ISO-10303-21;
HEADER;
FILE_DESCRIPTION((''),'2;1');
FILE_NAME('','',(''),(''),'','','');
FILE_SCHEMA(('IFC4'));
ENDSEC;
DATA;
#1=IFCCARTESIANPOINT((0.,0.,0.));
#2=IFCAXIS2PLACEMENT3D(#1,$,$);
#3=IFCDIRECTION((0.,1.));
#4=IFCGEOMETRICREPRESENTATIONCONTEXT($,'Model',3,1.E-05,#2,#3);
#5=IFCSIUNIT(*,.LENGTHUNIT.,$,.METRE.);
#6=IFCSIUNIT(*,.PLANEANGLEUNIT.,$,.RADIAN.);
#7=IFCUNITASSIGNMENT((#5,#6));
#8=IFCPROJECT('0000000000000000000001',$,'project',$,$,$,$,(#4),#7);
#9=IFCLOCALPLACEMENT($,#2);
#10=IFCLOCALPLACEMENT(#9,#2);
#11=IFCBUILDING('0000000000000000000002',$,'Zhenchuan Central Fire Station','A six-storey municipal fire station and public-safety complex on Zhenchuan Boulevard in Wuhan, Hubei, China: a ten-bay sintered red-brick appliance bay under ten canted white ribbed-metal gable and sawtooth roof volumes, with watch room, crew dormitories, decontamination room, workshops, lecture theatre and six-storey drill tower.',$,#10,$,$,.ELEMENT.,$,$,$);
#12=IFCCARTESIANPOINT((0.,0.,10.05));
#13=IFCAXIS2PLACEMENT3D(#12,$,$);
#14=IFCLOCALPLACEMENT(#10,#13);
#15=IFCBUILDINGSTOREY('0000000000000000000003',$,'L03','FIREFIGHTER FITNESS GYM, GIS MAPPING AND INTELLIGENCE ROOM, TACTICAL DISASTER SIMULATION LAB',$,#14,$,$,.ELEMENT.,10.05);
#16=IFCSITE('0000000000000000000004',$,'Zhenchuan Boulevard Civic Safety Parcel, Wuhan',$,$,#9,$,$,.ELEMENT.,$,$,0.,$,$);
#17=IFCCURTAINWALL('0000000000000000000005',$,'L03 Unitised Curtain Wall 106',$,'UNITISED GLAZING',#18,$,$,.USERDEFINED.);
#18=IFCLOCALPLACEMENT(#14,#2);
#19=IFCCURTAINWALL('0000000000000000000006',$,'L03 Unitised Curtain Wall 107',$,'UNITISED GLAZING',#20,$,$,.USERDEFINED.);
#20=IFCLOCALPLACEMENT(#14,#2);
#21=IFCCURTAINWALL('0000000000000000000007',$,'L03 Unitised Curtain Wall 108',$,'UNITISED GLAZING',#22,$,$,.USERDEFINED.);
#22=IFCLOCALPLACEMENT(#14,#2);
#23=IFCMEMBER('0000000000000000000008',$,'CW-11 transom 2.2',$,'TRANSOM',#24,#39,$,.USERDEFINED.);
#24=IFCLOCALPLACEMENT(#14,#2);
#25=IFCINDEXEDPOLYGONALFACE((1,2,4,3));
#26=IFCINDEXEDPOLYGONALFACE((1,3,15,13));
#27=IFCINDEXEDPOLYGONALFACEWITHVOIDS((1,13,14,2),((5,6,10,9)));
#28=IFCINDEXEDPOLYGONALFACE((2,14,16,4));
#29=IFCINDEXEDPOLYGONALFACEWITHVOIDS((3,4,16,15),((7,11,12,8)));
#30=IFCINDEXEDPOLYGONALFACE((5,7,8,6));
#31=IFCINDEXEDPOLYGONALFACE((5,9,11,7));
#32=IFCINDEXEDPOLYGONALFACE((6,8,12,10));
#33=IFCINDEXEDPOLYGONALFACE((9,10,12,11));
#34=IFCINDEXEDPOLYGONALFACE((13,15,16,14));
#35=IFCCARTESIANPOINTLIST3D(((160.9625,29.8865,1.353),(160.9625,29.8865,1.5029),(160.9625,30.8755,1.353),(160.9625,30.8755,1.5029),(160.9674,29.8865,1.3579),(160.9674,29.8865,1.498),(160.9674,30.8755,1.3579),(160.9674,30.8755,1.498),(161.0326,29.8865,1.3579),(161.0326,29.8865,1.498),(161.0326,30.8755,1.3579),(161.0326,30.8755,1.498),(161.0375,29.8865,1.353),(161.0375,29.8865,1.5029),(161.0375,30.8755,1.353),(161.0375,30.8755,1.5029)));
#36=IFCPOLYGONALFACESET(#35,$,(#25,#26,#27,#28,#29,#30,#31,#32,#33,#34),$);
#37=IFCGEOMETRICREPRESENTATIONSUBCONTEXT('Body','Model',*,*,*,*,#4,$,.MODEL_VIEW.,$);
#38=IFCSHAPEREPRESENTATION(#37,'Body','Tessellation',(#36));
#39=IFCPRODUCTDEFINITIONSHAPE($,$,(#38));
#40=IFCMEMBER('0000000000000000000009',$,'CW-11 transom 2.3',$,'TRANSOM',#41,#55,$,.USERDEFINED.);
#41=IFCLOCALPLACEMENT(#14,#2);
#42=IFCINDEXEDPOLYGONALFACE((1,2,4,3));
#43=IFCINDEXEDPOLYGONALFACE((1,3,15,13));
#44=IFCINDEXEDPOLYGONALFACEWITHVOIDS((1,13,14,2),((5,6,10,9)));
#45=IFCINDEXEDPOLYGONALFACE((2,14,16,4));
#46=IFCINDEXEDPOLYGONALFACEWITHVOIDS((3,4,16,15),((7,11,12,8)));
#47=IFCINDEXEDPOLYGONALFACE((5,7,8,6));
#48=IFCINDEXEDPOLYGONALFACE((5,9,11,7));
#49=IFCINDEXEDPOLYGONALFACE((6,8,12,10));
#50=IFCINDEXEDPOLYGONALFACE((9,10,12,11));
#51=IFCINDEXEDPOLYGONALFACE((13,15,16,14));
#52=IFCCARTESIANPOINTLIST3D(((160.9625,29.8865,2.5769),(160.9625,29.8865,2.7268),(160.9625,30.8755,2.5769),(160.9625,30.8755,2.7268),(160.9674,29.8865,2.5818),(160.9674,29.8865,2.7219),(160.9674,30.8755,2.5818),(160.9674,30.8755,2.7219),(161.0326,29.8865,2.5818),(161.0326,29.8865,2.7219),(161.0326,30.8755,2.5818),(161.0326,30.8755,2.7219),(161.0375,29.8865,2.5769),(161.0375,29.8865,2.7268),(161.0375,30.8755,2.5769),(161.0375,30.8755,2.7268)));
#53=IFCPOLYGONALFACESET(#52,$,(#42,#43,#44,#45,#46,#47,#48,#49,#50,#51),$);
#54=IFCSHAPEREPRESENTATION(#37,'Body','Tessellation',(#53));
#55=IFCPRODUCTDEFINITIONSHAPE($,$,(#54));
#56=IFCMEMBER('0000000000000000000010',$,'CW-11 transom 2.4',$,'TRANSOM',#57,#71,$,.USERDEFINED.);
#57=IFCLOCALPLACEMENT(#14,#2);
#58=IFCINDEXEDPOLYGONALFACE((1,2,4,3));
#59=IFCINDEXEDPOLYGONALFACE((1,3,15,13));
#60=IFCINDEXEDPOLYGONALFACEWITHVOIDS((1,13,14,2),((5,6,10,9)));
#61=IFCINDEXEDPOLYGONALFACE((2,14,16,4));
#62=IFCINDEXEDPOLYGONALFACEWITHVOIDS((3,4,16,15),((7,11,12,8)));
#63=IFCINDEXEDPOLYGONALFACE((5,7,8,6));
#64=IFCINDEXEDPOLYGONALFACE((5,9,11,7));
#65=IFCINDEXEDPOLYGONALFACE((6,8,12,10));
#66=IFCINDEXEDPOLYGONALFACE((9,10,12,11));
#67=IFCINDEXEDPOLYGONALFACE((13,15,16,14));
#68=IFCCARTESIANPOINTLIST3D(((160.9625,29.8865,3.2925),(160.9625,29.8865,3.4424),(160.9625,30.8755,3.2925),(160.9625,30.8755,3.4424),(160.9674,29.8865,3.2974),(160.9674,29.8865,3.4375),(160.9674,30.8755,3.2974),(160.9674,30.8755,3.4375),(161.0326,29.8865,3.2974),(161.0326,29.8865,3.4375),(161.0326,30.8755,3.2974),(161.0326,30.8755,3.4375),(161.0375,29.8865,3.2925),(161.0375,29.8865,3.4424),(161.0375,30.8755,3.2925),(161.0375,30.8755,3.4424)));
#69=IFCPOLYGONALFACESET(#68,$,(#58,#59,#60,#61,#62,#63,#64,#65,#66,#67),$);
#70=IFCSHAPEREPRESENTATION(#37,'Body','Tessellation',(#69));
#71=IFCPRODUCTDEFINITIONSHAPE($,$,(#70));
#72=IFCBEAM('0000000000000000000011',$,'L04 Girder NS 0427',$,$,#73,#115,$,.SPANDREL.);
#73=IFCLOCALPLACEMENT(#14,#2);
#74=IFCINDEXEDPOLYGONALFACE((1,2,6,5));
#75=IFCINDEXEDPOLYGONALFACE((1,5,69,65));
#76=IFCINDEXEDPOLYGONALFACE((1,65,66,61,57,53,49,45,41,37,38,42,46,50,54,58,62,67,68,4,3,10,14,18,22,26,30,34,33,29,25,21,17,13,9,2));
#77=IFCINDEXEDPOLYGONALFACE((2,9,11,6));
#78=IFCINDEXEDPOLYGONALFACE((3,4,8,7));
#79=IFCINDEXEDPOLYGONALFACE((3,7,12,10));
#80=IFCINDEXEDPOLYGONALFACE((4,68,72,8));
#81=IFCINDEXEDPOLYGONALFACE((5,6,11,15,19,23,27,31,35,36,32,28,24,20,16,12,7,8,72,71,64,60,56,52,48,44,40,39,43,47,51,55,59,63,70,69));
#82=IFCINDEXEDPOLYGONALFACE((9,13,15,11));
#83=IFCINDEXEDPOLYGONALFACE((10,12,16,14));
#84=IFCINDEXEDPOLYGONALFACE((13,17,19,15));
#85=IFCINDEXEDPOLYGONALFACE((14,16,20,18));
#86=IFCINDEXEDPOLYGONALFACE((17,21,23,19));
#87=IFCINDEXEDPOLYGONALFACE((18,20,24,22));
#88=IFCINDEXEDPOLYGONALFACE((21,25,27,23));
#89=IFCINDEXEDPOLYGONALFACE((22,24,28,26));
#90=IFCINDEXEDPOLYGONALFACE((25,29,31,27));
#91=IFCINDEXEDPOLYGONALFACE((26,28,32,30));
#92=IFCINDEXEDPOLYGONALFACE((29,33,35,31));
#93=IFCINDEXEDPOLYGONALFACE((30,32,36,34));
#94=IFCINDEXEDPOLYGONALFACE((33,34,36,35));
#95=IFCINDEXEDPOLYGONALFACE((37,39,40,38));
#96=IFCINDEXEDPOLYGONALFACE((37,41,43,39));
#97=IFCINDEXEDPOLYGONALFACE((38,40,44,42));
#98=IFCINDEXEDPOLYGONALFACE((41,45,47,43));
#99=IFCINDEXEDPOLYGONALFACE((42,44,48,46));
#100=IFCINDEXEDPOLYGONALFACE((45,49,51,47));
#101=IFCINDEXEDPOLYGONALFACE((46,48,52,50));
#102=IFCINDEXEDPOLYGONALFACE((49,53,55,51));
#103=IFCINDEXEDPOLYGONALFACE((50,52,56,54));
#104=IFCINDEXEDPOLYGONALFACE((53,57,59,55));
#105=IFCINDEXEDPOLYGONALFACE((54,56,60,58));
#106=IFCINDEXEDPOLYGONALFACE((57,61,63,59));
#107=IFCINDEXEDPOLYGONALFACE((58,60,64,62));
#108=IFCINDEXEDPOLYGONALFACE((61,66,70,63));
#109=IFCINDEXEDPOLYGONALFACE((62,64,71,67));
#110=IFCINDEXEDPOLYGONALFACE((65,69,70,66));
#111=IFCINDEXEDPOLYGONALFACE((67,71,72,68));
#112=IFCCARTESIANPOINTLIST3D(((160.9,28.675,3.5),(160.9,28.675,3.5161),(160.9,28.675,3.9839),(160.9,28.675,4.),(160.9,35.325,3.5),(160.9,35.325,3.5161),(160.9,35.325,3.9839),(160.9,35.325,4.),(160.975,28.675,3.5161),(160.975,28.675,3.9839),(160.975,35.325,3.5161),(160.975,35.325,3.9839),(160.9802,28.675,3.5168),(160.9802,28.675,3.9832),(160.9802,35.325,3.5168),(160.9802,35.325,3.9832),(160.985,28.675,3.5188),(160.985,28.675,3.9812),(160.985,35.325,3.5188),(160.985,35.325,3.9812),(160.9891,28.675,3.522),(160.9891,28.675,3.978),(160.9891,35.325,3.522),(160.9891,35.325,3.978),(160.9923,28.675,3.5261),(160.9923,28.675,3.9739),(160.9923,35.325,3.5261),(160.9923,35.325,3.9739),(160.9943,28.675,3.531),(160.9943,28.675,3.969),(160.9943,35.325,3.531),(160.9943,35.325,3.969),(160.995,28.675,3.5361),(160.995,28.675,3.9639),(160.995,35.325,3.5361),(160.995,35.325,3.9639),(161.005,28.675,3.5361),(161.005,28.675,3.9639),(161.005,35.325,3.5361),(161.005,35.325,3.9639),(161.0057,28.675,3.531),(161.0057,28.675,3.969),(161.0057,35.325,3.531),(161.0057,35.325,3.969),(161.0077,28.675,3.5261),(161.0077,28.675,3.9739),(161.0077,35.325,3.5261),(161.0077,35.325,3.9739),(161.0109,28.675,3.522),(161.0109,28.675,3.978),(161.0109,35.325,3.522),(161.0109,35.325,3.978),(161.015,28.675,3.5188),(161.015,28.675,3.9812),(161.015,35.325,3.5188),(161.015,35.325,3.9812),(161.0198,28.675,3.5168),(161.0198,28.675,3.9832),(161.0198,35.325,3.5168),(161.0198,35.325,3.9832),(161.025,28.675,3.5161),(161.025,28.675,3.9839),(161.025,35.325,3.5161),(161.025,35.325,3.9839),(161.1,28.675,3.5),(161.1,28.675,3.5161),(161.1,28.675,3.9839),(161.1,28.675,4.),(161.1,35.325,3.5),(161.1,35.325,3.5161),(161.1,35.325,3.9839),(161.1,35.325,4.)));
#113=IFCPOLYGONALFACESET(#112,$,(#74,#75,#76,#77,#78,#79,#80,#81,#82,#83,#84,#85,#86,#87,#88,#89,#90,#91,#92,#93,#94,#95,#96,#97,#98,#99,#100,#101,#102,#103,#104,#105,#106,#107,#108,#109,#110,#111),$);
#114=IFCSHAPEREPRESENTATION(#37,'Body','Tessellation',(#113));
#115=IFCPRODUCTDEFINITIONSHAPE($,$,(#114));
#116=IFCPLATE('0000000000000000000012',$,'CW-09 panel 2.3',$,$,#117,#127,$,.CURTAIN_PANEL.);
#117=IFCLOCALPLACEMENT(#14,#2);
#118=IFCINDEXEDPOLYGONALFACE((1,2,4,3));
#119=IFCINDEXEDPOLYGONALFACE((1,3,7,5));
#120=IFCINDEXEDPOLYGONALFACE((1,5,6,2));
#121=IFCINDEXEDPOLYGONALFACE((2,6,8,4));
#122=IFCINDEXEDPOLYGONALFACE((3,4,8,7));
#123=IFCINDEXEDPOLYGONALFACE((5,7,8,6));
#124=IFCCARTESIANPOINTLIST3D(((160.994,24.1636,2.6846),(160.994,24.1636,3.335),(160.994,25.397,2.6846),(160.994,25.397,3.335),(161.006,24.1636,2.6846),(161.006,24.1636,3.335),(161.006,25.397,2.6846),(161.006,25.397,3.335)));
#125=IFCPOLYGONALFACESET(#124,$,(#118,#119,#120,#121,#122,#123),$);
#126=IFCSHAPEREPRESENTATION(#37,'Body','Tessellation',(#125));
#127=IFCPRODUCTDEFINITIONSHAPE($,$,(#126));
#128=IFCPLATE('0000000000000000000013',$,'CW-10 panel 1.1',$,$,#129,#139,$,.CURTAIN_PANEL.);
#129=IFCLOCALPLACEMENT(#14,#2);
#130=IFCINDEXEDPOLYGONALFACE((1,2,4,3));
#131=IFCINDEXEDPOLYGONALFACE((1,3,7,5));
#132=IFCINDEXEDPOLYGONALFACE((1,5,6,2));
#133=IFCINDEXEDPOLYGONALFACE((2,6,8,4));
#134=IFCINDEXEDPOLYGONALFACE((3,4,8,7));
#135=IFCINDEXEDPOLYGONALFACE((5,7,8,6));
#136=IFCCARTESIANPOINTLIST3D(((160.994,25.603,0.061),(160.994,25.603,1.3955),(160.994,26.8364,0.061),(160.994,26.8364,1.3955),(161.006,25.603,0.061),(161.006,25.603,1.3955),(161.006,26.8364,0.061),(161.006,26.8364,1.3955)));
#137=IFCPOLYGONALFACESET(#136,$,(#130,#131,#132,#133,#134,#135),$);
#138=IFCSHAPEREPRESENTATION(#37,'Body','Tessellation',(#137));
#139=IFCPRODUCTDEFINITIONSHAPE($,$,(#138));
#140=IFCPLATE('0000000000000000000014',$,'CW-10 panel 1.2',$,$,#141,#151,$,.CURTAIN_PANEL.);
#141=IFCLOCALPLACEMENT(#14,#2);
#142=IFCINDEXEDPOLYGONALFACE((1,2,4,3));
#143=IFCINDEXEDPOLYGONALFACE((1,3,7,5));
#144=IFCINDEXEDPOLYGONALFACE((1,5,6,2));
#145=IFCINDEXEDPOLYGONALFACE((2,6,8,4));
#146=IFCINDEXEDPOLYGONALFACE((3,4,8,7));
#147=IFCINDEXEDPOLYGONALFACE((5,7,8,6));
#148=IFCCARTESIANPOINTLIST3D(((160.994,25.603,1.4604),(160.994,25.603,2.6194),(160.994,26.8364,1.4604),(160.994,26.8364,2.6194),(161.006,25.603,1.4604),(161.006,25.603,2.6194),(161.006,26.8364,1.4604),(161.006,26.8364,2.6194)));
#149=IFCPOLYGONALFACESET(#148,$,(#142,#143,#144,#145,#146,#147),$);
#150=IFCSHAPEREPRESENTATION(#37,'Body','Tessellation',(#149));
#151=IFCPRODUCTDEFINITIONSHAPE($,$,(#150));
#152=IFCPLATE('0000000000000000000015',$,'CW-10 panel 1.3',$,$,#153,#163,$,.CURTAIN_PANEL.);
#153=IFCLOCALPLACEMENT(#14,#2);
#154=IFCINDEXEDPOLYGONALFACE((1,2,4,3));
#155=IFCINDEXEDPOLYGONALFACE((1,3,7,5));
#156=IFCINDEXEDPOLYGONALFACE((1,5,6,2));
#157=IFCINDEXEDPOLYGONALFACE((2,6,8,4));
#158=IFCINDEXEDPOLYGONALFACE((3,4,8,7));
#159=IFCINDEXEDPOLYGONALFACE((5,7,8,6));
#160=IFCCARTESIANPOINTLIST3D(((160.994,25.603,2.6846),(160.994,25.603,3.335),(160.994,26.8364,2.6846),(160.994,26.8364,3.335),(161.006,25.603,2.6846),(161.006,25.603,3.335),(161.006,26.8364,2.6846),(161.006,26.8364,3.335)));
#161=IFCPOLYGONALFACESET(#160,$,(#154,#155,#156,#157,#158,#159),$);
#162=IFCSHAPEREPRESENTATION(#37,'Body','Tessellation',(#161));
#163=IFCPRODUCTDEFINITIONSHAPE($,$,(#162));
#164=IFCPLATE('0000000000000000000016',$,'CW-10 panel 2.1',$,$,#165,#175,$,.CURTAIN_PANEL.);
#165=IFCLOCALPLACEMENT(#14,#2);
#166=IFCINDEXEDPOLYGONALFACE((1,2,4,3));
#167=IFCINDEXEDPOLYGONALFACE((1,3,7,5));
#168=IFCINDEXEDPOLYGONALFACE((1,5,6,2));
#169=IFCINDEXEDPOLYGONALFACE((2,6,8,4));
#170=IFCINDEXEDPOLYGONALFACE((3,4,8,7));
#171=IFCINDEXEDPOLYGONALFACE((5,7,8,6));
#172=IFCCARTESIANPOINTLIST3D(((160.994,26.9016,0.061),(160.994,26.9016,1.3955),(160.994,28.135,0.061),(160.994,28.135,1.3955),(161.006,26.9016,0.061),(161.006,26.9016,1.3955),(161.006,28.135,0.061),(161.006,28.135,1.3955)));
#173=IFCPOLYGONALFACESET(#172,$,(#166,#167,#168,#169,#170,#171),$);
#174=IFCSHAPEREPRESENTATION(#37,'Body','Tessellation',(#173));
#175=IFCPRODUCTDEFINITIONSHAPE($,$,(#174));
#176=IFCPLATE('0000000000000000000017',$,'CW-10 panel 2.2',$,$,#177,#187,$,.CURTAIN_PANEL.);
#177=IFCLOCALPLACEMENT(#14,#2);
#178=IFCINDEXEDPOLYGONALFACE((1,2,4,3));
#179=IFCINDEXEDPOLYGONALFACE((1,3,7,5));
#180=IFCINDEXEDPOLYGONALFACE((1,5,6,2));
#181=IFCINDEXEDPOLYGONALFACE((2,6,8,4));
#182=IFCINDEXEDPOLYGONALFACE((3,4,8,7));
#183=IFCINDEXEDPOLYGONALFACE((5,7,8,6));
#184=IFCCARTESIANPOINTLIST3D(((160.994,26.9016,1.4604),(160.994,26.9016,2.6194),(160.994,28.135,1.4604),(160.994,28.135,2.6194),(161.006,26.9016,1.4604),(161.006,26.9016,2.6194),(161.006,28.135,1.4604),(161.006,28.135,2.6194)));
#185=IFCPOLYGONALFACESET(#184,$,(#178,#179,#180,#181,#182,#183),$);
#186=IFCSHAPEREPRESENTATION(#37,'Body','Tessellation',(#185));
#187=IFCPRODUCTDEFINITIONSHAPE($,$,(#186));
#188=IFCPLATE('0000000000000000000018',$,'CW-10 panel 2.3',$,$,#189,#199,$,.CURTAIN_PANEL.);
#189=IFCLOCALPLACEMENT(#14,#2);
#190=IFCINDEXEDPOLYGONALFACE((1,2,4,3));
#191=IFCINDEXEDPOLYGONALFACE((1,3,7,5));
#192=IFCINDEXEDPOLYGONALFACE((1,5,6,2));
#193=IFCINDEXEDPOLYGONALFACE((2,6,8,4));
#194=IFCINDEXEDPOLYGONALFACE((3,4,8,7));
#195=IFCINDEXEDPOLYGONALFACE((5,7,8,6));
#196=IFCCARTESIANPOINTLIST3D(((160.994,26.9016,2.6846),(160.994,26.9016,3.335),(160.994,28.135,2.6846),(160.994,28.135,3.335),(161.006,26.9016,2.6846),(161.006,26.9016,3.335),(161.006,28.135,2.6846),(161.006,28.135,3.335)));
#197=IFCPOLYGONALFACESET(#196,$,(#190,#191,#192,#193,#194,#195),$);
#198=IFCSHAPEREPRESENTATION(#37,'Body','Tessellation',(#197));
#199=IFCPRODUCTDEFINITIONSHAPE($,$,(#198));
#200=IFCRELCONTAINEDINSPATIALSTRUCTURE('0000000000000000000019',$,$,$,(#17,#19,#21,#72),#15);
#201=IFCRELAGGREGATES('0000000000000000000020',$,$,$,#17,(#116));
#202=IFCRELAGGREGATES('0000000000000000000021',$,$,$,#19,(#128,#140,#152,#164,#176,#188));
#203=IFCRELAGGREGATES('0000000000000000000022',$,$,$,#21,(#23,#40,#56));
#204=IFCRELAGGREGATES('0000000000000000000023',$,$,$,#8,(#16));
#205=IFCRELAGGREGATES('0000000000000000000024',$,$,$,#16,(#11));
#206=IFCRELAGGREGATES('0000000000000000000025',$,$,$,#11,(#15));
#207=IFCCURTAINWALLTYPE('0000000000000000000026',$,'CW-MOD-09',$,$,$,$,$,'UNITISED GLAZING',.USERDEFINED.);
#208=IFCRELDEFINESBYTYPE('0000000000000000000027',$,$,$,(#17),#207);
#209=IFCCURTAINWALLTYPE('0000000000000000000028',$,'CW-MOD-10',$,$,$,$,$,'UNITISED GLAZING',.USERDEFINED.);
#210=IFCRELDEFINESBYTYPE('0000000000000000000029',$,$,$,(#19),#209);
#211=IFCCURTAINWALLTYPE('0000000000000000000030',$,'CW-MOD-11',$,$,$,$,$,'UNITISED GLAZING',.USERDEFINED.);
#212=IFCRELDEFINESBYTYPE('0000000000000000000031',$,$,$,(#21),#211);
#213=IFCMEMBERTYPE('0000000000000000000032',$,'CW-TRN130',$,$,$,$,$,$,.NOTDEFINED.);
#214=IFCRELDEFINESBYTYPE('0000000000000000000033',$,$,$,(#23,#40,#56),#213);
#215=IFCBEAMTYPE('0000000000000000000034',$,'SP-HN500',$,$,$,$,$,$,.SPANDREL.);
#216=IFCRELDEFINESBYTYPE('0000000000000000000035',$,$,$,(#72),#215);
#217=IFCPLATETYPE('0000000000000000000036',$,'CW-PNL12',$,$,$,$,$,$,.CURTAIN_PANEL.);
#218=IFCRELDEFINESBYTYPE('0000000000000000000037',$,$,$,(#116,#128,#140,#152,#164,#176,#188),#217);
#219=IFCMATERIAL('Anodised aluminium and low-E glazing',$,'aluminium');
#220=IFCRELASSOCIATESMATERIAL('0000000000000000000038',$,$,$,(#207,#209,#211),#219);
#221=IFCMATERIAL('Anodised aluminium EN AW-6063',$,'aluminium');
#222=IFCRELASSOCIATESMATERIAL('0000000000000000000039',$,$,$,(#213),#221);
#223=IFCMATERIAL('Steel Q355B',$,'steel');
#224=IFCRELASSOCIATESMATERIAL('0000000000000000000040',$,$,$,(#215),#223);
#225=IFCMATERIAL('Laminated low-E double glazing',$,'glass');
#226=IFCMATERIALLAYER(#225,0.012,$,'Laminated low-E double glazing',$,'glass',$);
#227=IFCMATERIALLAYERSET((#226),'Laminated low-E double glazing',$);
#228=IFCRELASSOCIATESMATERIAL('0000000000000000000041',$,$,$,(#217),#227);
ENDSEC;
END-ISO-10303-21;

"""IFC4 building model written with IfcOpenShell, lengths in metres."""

from ifc_helpers import new_model, si_unit, direction, frame, origin, origin_2d, place, context, subcontext, project, spatial, rectangle, hollow_rectangle, i_section, extrude, material, layer, layer_set, material_profile, profile_set, type_object, element, aggregate, save


model = new_model("IFC4")

# Units and contexts
model_context = context("Model", 3, precision=1e-05, world=origin(), true_north=direction((0.0, 1.0)))
body_context = subcontext(model_context, "Body", "Model", "MODEL_VIEW")
ifc_project = project(units=[si_unit("LENGTHUNIT", "METRE"), si_unit("PLANEANGLEUNIT", "RADIAN")], contexts=[model_context])

# Site, building, storey
site_placement = place(None, origin())
site = spatial("IfcSite", under=ifc_project, at=site_placement, Name="Zhenchuan Boulevard Civic Safety Parcel, Wuhan", CompositionType="ELEMENT", RefElevation=0.0)
building_placement = place(site_placement, origin())
building = spatial("IfcBuilding", under=site, at=building_placement, Name="Zhenchuan Central Fire Station", Description="A six-storey municipal fire station and public-safety complex on Zhenchuan Boulevard in Wuhan, Hubei, China: a ten-bay sintered red-brick appliance bay under ten canted white ribbed-metal gable and sawtooth roof volumes, with watch room, crew dormitories, decontamination room, workshops, lecture theatre and six-storey drill tower.", CompositionType="ELEMENT")
storey_placement = place(building_placement, frame((0.0, 0.0, 10.05)))
storey = spatial("IfcBuildingStorey", under=building, at=storey_placement, Name="L03", Description="FIREFIGHTER FITNESS GYM, GIS MAPPING AND INTELLIGENCE ROOM, TACTICAL DISASTER SIMULATION LAB", CompositionType="ELEMENT", Elevation=10.05)

# Shared definitions
ifc_material_1 = material(Name="Steel Q355B", Category="steel")

# Curtain wall
ifc_material_2 = material(Name="Anodised aluminium and low-E glazing", Category="aluminium")
curtain_wall_type_1 = type_object("IfcCurtainWallType", Name="CW-MOD-09", ElementType="UNITISED GLAZING", PredefinedType="USERDEFINED", material=ifc_material_2)
curtain_wall_1_placement = place(storey_placement, origin())
curtain_wall_1 = element("IfcCurtainWall", 1, at=curtain_wall_1_placement, inside=storey, type_object=curtain_wall_type_1, Name="L03 Unitised Curtain Wall 106", ObjectType="UNITISED GLAZING", PredefinedType="USERDEFINED")
ifc_material_3 = material(Name="Anodised aluminium EN AW-6063", Category="aluminium")

# Curtain walls
curtain_wall_type_2 = type_object("IfcCurtainWallType", Name="CW-MOD-10", ElementType="UNITISED GLAZING", PredefinedType="USERDEFINED", material=ifc_material_2)
curtain_wall_2_placement = place(storey_placement, origin())
curtain_wall_2 = element("IfcCurtainWall", 2, at=curtain_wall_2_placement, inside=storey, type_object=curtain_wall_type_2, Name="L03 Unitised Curtain Wall 107", ObjectType="UNITISED GLAZING", PredefinedType="USERDEFINED")
curtain_wall_type_3 = type_object("IfcCurtainWallType", Name="CW-MOD-11", ElementType="UNITISED GLAZING", PredefinedType="USERDEFINED", material=ifc_material_2)
curtain_wall_3_placement = place(storey_placement, origin())
curtain_wall_3 = element("IfcCurtainWall", 3, at=curtain_wall_3_placement, inside=storey, type_object=curtain_wall_type_3, Name="L03 Unitised Curtain Wall 108", ObjectType="UNITISED GLAZING", PredefinedType="USERDEFINED")

# Members
ifc_material_profile_1 = material_profile(ifc_material_3, hollow_rectangle(XDim=0.075, YDim=0.1499, WallThickness=0.0049, at=origin_2d()), Name="ALU-T 150x75")
ifc_profile_set_1 = profile_set([ifc_material_profile_1], Name="Anodised aluminium EN AW-6063")
member_type_1 = type_object("IfcMemberType", Name="CW-TRN130", PredefinedType="NOTDEFINED", material=ifc_profile_set_1)
member_1_placement = place(storey_placement, frame((161.0, 29.8865, 1.428), z_axis=(0.0, 1.0, 0.0), x_axis=(-1.0, 0.0, 0.0)))
member_1 = element("IfcMember", 4, at=member_1_placement, type_object=member_type_1, Name="CW-11 transom 2.2", ObjectType="TRANSOM", PredefinedType="USERDEFINED", context=body_context, shape_type="SweptSolid", body=[
    extrude(hollow_rectangle(XDim=0.075, YDim=0.1499, WallThickness=0.0049, at=origin_2d()), origin(), (0.0, 0.0, 1.0), 0.989),
])
member_2_placement = place(storey_placement, frame((161.0, 29.8865, 2.6519), z_axis=(0.0, 1.0, 0.0), x_axis=(-1.0, 0.0, 0.0)))
member_2 = element("IfcMember", 5, at=member_2_placement, type_object=member_type_1, Name="CW-11 transom 2.3", ObjectType="TRANSOM", PredefinedType="USERDEFINED", context=body_context, shape_type="SweptSolid", body=[
    extrude(hollow_rectangle(XDim=0.075, YDim=0.1499, WallThickness=0.0049, at=origin_2d()), origin(), (0.0, 0.0, 1.0), 0.989),
])
member_3_placement = place(storey_placement, frame((161.0, 29.8865, 3.3674), z_axis=(0.0, 1.0, 0.0), x_axis=(-1.0, 0.0, 0.0)))
member_3 = element("IfcMember", 6, at=member_3_placement, type_object=member_type_1, Name="CW-11 transom 2.4", ObjectType="TRANSOM", PredefinedType="USERDEFINED", context=body_context, shape_type="SweptSolid", body=[
    extrude(hollow_rectangle(XDim=0.075, YDim=0.1499, WallThickness=0.0049, at=origin_2d()), origin(), (0.0, 0.0, 1.0), 0.989),
])

# Beam
ifc_material_profile_2 = material_profile(ifc_material_1, i_section(OverallWidth=0.2, OverallDepth=0.5, WebThickness=0.01, FlangeThickness=0.0161, FilletRadius=0.02, at=origin_2d()), Name="HN 500x200")
ifc_profile_set_2 = profile_set([ifc_material_profile_2], Name="Steel Q355B")
beam_type = type_object("IfcBeamType", Name="SP-HN500", PredefinedType="SPANDREL", material=ifc_profile_set_2)
beam_placement = place(storey_placement, frame((161.0, 28.675, 3.75), z_axis=(0.0, 1.0, 0.0), x_axis=(-1.0, 0.0, 0.0)))
element("IfcBeam", 7, at=beam_placement, inside=storey, type_object=beam_type, Name="L04 Girder NS 0427", PredefinedType="SPANDREL", context=body_context, shape_type="SweptSolid", body=[
    extrude(i_section(OverallWidth=0.2, OverallDepth=0.5, WebThickness=0.01, FlangeThickness=0.0161, FilletRadius=0.02, at=origin_2d()), origin(), (0.0, 0.0, 1.0), 6.6499),
])

# Plates
ifc_material_4 = material(Name="Laminated low-E double glazing", Category="glass")
ifc_layer = layer(ifc_material_4, 0.012, Name="Laminated low-E double glazing", Category="glass")
ifc_layer_set = layer_set([ifc_layer], Name="Laminated low-E double glazing")
plate_type = type_object("IfcPlateType", Name="CW-PNL12", PredefinedType="CURTAIN_PANEL", material=ifc_layer_set)
plate_1_placement = place(storey_placement, frame((161.0, 24.7803, 2.6846), z_axis=(0.0, 0.0, 1.0), x_axis=(0.0, 1.0, 0.0)))
plate_1 = element("IfcPlate", 8, at=plate_1_placement, type_object=plate_type, Name="CW-09 panel 2.3", PredefinedType="CURTAIN_PANEL", context=body_context, shape_type="SweptSolid", body=[
    extrude(rectangle(XDim=1.2334, YDim=0.012, at=origin_2d()), origin(), (0.0, 0.0, 1.0), 0.6504),
])
aggregate(curtain_wall_1, [plate_1])
plate_2_placement = place(storey_placement, frame((161.0, 26.2197, 0.061), z_axis=(0.0, 0.0, 1.0), x_axis=(0.0, 1.0, 0.0)))
plate_2 = element("IfcPlate", 9, at=plate_2_placement, type_object=plate_type, Name="CW-10 panel 1.1", PredefinedType="CURTAIN_PANEL", context=body_context, shape_type="SweptSolid", body=[
    extrude(rectangle(XDim=1.2334, YDim=0.012, at=origin_2d()), origin(), (0.0, 0.0, 1.0), 1.3345),
])
plate_3_placement = place(storey_placement, frame((161.0, 26.2197, 1.4604), z_axis=(0.0, 0.0, 1.0), x_axis=(0.0, 1.0, 0.0)))
plate_3 = element("IfcPlate", 10, at=plate_3_placement, type_object=plate_type, Name="CW-10 panel 1.2", PredefinedType="CURTAIN_PANEL", context=body_context, shape_type="SweptSolid", body=[
    extrude(rectangle(XDim=1.2334, YDim=0.012, at=origin_2d()), origin(), (0.0, 0.0, 1.0), 1.1589),
])
plate_4_placement = place(storey_placement, frame((161.0, 26.2197, 2.6846), z_axis=(0.0, 0.0, 1.0), x_axis=(0.0, 1.0, 0.0)))
plate_4 = element("IfcPlate", 11, at=plate_4_placement, type_object=plate_type, Name="CW-10 panel 1.3", PredefinedType="CURTAIN_PANEL", context=body_context, shape_type="SweptSolid", body=[
    extrude(rectangle(XDim=1.2334, YDim=0.012, at=origin_2d()), origin(), (0.0, 0.0, 1.0), 0.6504),
])
plate_5_placement = place(storey_placement, frame((161.0, 27.5183, 0.061), z_axis=(0.0, 0.0, 1.0), x_axis=(0.0, 1.0, 0.0)))
plate_5 = element("IfcPlate", 12, at=plate_5_placement, type_object=plate_type, Name="CW-10 panel 2.1", PredefinedType="CURTAIN_PANEL", context=body_context, shape_type="SweptSolid", body=[
    extrude(rectangle(XDim=1.2334, YDim=0.012, at=origin_2d()), origin(), (0.0, 0.0, 1.0), 1.3345),
])
plate_6_placement = place(storey_placement, frame((161.0, 27.5183, 1.4604), z_axis=(0.0, 0.0, 1.0), x_axis=(0.0, 1.0, 0.0)))
plate_6 = element("IfcPlate", 13, at=plate_6_placement, type_object=plate_type, Name="CW-10 panel 2.2", PredefinedType="CURTAIN_PANEL", context=body_context, shape_type="SweptSolid", body=[
    extrude(rectangle(XDim=1.2334, YDim=0.012, at=origin_2d()), origin(), (0.0, 0.0, 1.0), 1.1589),
])
plate_7_placement = place(storey_placement, frame((161.0, 27.5183, 2.6846), z_axis=(0.0, 0.0, 1.0), x_axis=(0.0, 1.0, 0.0)))
plate_7 = element("IfcPlate", 14, at=plate_7_placement, type_object=plate_type, Name="CW-10 panel 2.3", PredefinedType="CURTAIN_PANEL", context=body_context, shape_type="SweptSolid", body=[
    extrude(rectangle(XDim=1.2334, YDim=0.012, at=origin_2d()), origin(), (0.0, 0.0, 1.0), 0.6504),
])
aggregate(curtain_wall_2, [plate_2, plate_3, plate_4, plate_5, plate_6, plate_7])
aggregate(curtain_wall_3, [member_1, member_2, member_3])

save(model, "model.ifc")
